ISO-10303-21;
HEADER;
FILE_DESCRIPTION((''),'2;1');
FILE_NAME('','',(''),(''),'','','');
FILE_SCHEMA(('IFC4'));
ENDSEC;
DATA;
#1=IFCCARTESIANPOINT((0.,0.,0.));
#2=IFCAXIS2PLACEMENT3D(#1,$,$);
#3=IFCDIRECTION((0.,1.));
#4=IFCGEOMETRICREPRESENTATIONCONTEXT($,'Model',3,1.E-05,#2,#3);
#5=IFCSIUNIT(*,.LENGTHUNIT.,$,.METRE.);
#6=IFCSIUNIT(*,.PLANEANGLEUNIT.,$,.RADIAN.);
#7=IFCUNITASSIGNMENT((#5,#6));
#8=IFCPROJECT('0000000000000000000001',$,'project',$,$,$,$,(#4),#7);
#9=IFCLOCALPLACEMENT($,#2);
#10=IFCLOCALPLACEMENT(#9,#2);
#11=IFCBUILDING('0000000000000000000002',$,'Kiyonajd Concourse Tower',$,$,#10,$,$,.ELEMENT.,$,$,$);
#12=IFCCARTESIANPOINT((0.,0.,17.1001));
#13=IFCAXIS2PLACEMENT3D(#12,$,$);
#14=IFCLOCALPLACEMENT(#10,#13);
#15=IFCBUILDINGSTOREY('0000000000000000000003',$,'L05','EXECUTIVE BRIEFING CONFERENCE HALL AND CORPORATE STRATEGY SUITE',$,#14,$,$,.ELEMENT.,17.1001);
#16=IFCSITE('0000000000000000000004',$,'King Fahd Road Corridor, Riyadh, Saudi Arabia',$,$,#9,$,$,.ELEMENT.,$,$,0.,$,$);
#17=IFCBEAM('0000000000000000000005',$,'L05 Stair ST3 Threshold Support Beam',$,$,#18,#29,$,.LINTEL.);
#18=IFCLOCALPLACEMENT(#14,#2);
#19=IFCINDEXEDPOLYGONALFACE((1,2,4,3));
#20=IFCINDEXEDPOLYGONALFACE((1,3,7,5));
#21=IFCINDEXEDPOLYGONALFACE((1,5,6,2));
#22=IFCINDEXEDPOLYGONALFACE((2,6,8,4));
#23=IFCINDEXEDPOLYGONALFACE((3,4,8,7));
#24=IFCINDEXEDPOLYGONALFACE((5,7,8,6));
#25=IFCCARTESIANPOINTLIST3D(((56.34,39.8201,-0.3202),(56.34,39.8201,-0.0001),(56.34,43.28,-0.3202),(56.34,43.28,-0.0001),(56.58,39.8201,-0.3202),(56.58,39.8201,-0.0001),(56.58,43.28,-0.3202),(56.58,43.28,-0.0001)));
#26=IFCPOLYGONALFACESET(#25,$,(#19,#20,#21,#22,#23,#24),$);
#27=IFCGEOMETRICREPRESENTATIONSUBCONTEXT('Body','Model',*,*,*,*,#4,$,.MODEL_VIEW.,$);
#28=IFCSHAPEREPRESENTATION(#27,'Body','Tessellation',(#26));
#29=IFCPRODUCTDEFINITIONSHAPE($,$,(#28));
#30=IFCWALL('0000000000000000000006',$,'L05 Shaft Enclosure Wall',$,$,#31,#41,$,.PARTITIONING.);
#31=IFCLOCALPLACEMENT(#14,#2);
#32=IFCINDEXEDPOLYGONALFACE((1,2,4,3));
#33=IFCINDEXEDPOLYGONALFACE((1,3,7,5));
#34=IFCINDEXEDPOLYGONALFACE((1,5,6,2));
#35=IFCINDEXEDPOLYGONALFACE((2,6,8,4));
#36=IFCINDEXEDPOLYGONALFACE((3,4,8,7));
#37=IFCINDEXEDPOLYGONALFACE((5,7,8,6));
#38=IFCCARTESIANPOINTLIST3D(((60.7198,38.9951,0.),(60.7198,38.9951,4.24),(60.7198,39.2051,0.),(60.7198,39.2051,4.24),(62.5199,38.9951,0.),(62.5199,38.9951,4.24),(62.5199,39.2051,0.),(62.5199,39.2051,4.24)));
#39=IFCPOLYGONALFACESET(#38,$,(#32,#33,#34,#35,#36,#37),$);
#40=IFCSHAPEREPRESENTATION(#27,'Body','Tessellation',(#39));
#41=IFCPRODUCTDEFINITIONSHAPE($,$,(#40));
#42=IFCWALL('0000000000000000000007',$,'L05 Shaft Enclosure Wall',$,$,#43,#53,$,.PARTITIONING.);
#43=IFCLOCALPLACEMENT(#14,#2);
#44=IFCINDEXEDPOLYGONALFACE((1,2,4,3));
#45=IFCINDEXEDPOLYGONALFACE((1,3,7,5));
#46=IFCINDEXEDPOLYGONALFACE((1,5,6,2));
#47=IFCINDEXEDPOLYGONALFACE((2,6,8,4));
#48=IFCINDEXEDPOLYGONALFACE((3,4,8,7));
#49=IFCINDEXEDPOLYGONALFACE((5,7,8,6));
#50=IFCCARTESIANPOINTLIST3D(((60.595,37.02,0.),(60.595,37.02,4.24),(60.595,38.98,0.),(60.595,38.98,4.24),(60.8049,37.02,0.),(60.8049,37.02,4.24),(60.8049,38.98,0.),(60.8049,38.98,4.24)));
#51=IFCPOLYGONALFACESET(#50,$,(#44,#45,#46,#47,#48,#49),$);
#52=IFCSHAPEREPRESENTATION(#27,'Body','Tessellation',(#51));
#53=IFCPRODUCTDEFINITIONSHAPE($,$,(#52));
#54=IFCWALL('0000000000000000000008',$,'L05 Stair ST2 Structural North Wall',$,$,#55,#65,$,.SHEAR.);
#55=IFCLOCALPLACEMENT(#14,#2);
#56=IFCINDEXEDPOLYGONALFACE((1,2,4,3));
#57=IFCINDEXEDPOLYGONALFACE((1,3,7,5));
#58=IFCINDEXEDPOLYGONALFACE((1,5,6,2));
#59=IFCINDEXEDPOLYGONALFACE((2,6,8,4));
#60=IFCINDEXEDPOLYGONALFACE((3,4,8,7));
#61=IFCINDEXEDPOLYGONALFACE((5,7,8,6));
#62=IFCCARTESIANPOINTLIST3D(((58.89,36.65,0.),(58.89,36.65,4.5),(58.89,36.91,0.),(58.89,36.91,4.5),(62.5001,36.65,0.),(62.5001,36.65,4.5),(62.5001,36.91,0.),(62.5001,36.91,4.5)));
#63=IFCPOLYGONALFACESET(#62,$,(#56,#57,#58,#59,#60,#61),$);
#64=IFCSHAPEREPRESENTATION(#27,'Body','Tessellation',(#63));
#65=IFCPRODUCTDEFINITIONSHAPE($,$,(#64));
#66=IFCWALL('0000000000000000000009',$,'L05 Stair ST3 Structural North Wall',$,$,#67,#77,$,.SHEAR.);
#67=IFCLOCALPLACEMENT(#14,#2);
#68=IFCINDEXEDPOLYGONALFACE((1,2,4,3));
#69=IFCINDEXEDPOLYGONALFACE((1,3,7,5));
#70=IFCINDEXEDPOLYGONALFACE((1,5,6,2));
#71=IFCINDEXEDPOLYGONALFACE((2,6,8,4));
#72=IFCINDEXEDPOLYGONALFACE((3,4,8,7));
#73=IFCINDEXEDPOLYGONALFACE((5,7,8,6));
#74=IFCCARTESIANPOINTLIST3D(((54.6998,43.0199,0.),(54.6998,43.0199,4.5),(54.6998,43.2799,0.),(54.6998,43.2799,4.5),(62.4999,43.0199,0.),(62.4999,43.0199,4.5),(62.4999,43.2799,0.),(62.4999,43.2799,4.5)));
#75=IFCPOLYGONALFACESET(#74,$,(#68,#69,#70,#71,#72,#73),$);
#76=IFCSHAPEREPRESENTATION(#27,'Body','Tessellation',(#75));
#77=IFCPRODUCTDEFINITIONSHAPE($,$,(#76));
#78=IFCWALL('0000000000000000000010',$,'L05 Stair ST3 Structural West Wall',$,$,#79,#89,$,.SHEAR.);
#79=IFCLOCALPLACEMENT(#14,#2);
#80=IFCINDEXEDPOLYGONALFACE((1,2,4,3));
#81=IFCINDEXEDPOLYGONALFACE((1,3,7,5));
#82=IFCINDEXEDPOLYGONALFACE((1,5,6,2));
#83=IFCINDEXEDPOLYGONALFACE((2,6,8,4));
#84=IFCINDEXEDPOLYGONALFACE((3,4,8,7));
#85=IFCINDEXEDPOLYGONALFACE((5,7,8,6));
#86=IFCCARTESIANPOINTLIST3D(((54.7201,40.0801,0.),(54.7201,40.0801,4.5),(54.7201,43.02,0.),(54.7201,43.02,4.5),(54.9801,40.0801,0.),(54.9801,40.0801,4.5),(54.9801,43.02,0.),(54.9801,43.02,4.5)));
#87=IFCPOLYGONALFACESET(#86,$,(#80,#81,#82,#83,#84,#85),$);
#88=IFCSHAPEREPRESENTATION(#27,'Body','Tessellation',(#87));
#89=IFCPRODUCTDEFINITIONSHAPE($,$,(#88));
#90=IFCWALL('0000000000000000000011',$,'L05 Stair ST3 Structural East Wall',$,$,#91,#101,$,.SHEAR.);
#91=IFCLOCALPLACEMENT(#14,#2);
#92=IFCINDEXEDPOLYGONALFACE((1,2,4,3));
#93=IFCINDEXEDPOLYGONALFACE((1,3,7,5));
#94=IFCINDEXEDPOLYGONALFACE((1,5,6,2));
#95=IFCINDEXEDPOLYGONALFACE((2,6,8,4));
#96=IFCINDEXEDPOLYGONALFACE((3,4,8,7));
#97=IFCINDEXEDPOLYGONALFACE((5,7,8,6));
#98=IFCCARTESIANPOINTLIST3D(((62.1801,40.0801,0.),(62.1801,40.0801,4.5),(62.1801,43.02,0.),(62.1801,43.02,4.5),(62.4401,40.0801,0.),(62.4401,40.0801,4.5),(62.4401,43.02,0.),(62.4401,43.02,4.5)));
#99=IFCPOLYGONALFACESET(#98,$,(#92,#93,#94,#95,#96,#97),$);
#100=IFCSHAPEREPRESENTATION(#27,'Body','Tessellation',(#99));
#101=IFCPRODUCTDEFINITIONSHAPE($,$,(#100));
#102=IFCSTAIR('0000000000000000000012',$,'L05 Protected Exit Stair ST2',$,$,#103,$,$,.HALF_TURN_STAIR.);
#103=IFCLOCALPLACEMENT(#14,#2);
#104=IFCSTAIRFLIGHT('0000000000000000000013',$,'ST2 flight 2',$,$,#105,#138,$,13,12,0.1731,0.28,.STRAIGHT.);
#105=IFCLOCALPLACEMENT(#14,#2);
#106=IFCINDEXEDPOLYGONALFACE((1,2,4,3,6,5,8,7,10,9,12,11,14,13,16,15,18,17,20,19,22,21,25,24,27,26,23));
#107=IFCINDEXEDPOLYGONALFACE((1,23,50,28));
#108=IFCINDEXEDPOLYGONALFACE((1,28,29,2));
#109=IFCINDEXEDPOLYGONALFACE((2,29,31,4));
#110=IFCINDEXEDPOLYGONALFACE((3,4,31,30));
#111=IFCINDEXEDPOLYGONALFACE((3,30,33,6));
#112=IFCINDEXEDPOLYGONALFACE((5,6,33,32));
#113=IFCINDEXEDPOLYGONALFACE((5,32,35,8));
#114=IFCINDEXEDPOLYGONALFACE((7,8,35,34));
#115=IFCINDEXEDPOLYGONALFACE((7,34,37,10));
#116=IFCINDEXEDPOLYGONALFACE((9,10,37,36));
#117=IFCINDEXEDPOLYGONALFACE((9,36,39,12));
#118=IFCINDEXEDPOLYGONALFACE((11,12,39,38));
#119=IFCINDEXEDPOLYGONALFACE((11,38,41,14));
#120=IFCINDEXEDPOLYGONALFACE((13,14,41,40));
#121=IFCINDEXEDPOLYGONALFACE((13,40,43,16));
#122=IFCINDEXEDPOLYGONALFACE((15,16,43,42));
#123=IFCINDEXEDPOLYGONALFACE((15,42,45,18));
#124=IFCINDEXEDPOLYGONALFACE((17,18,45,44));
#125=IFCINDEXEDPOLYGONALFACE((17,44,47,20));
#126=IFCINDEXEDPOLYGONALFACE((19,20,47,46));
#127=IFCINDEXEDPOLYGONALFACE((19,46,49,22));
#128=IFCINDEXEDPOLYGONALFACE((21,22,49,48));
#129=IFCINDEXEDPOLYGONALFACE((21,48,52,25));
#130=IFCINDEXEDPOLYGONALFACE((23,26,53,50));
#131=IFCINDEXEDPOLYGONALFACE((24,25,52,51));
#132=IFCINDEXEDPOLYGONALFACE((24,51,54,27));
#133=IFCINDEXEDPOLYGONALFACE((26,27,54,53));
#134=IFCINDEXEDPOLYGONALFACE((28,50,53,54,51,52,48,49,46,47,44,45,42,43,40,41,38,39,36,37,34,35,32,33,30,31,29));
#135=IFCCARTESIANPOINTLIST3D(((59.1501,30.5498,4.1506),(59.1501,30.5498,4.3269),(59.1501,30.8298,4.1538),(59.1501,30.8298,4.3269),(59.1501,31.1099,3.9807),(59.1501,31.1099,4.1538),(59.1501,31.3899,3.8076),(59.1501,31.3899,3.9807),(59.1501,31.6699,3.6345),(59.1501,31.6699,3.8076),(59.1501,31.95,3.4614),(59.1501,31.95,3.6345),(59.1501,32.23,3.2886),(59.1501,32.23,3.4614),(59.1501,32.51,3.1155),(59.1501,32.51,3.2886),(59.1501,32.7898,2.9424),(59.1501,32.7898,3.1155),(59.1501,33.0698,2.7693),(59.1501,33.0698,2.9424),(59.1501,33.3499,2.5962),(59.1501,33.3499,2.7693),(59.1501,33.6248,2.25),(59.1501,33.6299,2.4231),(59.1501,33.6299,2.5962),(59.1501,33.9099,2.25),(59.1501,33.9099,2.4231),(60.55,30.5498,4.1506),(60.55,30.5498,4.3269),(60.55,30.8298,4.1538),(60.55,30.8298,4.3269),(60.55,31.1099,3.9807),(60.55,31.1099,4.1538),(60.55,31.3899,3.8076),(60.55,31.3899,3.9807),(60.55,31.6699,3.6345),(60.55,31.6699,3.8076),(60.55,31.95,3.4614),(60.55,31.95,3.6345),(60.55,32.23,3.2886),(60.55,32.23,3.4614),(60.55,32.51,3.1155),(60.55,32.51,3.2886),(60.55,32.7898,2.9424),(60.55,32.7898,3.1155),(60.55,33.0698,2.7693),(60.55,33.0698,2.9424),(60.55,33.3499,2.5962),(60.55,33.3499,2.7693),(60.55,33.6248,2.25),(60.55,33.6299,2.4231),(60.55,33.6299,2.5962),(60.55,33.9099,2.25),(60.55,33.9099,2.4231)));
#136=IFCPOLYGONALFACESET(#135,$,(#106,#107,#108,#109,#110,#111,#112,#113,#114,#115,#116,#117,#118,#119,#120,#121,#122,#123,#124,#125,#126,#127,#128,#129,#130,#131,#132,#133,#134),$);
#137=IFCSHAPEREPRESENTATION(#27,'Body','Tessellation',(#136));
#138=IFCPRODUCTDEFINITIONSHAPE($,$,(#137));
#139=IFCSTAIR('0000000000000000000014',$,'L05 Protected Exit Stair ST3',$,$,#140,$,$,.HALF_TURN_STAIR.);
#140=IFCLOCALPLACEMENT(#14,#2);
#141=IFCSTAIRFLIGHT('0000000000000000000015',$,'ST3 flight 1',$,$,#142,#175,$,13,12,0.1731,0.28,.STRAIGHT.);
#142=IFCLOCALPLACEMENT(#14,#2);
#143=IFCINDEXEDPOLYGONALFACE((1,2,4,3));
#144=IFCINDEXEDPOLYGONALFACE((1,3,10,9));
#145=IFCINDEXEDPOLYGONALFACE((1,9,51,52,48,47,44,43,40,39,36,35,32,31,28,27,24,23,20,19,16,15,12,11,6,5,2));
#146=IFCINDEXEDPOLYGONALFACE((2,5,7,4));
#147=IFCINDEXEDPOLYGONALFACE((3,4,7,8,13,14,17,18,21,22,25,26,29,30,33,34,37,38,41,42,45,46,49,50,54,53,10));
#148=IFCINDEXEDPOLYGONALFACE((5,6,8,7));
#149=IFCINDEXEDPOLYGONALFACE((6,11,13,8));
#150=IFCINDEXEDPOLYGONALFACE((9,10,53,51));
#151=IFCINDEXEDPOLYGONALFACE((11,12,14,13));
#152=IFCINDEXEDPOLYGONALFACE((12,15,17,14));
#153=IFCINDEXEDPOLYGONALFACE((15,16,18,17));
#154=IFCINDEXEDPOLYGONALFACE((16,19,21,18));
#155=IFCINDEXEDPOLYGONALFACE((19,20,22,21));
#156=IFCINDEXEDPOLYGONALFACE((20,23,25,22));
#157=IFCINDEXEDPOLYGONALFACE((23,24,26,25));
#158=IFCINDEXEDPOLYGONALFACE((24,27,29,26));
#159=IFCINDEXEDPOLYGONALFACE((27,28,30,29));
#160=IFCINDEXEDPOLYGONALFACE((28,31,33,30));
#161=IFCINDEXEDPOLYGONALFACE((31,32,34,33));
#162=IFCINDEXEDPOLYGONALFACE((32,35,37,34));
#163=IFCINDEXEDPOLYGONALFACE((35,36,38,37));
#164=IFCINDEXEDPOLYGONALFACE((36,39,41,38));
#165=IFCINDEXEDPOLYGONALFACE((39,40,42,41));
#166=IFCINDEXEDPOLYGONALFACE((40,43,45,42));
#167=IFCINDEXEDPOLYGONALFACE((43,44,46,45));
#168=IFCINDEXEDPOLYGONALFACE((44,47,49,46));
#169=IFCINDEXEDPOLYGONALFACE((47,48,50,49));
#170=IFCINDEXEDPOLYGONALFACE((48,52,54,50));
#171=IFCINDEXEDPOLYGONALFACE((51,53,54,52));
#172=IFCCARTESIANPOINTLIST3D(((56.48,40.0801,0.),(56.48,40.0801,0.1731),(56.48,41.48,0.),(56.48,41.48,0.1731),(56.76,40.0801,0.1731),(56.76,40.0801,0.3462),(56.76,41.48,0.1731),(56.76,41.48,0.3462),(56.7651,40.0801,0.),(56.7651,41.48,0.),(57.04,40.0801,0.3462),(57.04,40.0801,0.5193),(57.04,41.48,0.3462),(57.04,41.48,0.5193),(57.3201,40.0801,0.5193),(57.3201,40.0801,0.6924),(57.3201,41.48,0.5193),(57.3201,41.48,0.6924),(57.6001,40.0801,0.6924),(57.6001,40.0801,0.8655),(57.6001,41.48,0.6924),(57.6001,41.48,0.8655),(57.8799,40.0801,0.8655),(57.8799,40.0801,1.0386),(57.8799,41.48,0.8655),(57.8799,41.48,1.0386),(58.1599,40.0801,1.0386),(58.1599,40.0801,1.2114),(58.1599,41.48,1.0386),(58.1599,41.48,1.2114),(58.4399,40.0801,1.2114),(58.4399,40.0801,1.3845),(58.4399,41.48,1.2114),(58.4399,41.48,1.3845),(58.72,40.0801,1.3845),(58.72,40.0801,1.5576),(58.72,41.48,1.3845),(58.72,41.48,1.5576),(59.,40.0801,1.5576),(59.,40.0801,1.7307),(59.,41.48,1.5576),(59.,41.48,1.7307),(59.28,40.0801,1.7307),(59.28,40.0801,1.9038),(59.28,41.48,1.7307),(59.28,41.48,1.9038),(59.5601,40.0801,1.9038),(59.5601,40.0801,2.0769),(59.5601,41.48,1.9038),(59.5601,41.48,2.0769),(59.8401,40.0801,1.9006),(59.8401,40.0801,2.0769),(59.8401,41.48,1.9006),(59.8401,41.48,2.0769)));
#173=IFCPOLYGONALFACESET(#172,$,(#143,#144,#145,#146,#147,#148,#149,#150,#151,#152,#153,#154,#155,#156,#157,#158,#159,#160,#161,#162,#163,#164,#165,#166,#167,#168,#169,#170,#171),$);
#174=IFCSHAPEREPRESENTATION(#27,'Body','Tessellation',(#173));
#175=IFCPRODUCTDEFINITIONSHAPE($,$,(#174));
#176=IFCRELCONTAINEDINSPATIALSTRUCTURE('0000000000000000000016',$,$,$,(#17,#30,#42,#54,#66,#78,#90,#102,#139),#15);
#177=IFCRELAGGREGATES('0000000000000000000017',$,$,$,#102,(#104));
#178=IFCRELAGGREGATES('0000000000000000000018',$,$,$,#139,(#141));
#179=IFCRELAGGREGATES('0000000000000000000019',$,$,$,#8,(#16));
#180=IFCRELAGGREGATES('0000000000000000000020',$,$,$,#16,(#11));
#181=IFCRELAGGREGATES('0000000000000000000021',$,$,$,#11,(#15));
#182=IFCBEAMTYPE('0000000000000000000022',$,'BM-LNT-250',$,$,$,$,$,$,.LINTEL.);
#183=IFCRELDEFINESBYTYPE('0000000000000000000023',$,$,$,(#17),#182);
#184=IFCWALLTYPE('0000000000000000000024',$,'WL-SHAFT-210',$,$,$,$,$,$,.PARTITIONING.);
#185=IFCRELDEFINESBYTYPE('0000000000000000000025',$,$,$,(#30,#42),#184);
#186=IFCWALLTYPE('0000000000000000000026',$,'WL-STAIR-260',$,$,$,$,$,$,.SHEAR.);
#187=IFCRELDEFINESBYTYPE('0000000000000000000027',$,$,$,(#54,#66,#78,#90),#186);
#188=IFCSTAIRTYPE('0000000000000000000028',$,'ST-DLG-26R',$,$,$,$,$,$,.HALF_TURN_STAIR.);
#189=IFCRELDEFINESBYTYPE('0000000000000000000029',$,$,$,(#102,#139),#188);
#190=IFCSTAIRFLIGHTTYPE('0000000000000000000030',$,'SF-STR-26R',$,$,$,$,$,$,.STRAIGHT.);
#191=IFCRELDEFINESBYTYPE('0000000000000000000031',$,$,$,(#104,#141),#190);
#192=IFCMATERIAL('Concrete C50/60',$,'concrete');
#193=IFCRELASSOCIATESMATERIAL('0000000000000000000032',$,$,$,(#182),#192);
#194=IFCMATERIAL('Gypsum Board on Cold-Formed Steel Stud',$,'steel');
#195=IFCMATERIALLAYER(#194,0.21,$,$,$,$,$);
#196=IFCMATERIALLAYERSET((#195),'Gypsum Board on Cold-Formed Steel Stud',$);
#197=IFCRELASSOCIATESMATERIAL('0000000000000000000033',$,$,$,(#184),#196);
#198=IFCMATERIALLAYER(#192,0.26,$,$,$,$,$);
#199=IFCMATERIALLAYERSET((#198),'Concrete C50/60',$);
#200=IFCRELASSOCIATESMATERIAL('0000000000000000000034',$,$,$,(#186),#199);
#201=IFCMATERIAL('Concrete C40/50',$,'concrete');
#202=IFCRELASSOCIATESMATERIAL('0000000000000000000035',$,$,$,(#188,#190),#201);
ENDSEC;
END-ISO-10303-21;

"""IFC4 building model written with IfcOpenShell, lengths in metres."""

from ifc_helpers import new_model, si_unit, direction, frame, frame_2d, origin, origin_2d, place, context, subcontext, project, spatial, polyline, rectangle, outline, extrude, material, layer, layer_set, material_profile, profile_set, type_object, element, aggregate, save


model = new_model("IFC4")

# Units and contexts
model_context = context("Model", 3, precision=1e-05, world=origin(), true_north=direction((0.0, 1.0)))
body_context = subcontext(model_context, "Body", "Model", "MODEL_VIEW")
ifc_project = project(units=[si_unit("LENGTHUNIT", "METRE"), si_unit("PLANEANGLEUNIT", "RADIAN")], contexts=[model_context])

# Site, building, storey
site_placement = place(None, origin())
site = spatial("IfcSite", under=ifc_project, at=site_placement, Name="King Fahd Road Corridor, Riyadh, Saudi Arabia", CompositionType="ELEMENT", RefElevation=0.0)
building_placement = place(site_placement, origin())
building = spatial("IfcBuilding", under=site, at=building_placement, Name="Kiyonajd Concourse Tower", CompositionType="ELEMENT")
storey_placement = place(building_placement, frame((0.0, 0.0, 17.1001)))
storey = spatial("IfcBuildingStorey", under=building, at=storey_placement, Name="L05", Description="EXECUTIVE BRIEFING CONFERENCE HALL AND CORPORATE STRATEGY SUITE", CompositionType="ELEMENT", Elevation=17.1001)

# Beam
ifc_material_1 = material(Name="Concrete C50/60", Category="concrete")
ifc_material_profile = material_profile(ifc_material_1, rectangle(XDim=0.24, YDim=0.3201, at=origin_2d()), Name="RCBM-240x320")
ifc_profile_set = profile_set([ifc_material_profile], Name="Concrete C50/60")
beam_type = type_object("IfcBeamType", Name="BM-LNT-250", PredefinedType="LINTEL", material=ifc_profile_set)
beam_placement = place(storey_placement, frame((56.46, 39.8201, -0.1602), z_axis=(0.0, 1.0, 0.0), x_axis=(-1.0, 0.0, 0.0)))
element("IfcBeam", 1, at=beam_placement, inside=storey, type_object=beam_type, Name="L05 Stair ST3 Threshold Support Beam", PredefinedType="LINTEL", context=body_context, shape_type="SweptSolid", body=[
    extrude(rectangle(XDim=0.24, YDim=0.3201, at=origin_2d()), origin(), (0.0, 0.0, 1.0), 3.46),
])

# Walls
ifc_material_2 = material(Name="Gypsum Board on Cold-Formed Steel Stud", Category="steel")
ifc_layer_1 = layer(ifc_material_2, 0.21)
ifc_layer_set_1 = layer_set([ifc_layer_1], Name="Gypsum Board on Cold-Formed Steel Stud")
wall_type_1 = type_object("IfcWallType", Name="WL-SHAFT-210", PredefinedType="PARTITIONING", material=ifc_layer_set_1)
wall_1_placement = place(storey_placement, frame((60.72, 39.1001, 0.0), z_axis=(0.0, 0.0, 1.0), x_axis=(1.0, 0.0, 0.0)))
element("IfcWall", 2, at=wall_1_placement, inside=storey, type_object=wall_type_1, Name="L05 Shaft Enclosure Wall", PredefinedType="PARTITIONING", context=body_context, shape_type="SweptSolid", body=[
    extrude(rectangle(XDim=1.8, YDim=0.21, at=frame_2d((0.8999, 0.0))), origin(), (0.0, 0.0, 1.0), 4.24),
])
wall_2_placement = place(storey_placement, frame((60.7, 37.02, 0.0), z_axis=(0.0, 0.0, 1.0), x_axis=(0.0, 1.0, 0.0)))
element("IfcWall", 3, at=wall_2_placement, inside=storey, type_object=wall_type_1, Name="L05 Shaft Enclosure Wall", PredefinedType="PARTITIONING", context=body_context, shape_type="SweptSolid", body=[
    extrude(rectangle(XDim=1.96, YDim=0.21, at=frame_2d((0.98, 0.0))), origin(), (0.0, 0.0, 1.0), 4.24),
])
ifc_layer_2 = layer(ifc_material_1, 0.26)
ifc_layer_set_2 = layer_set([ifc_layer_2], Name="Concrete C50/60")
wall_type_2 = type_object("IfcWallType", Name="WL-STAIR-260", PredefinedType="SHEAR", material=ifc_layer_set_2)
wall_3_placement = place(storey_placement, frame((58.8899, 36.78, 0.0), z_axis=(0.0, 0.0, 1.0), x_axis=(1.0, 0.0, 0.0)))
element("IfcWall", 4, at=wall_3_placement, inside=storey, type_object=wall_type_2, Name="L05 Stair ST2 Structural North Wall", PredefinedType="SHEAR", context=body_context, shape_type="SweptSolid", body=[
    extrude(rectangle(XDim=3.6101, YDim=0.26, at=frame_2d((1.8052, 0.0))), origin(), (0.0, 0.0, 1.0), 4.5),
])
wall_4_placement = place(storey_placement, frame((54.7, 43.1499, 0.0), z_axis=(0.0, 0.0, 1.0), x_axis=(1.0, 0.0, 0.0)))
element("IfcWall", 5, at=wall_4_placement, inside=storey, type_object=wall_type_2, Name="L05 Stair ST3 Structural North Wall", PredefinedType="SHEAR", context=body_context, shape_type="SweptSolid", body=[
    extrude(rectangle(XDim=7.8, YDim=0.26, at=frame_2d((3.8999, 0.0))), origin(), (0.0, 0.0, 1.0), 4.5),
])
for number, where, z_axis, x_axis, name in (
    (6, (54.8501, 40.0801, 0.0), (0.0, 0.0, 1.0), (0.0, 1.0, 0.0), "L05 Stair ST3 Structural West Wall"),
    (7, (62.3101, 40.0801, 0.0), (0.0, 0.0, 1.0), (0.0, 1.0, 0.0), "L05 Stair ST3 Structural East Wall"),
):
    element("IfcWall", number, at=place(storey_placement, frame(where, z_axis=z_axis, x_axis=x_axis)), inside=storey, type_object=wall_type_2, Name=name, PredefinedType="SHEAR", context=body_context, shape_type="SweptSolid", body=[
        extrude(rectangle(XDim=2.9399, YDim=0.26, at=frame_2d((1.47, 0.0))), origin(), (0.0, 0.0, 1.0), 4.5),
    ])

# Stair, stair flight
ifc_material_3 = material(Name="Concrete C40/50", Category="concrete")
stair_type = type_object("IfcStairType", Name="ST-DLG-26R", PredefinedType="HALF_TURN_STAIR", material=ifc_material_3)
stair_1_placement = place(storey_placement, origin())
stair_1 = element("IfcStair", 8, at=stair_1_placement, inside=storey, type_object=stair_type, Name="L05 Protected Exit Stair ST2", PredefinedType="HALF_TURN_STAIR")
stair_flight_type = type_object("IfcStairFlightType", Name="SF-STR-26R", PredefinedType="STRAIGHT", material=ifc_material_3)
stair_flight_1_placement = place(storey_placement, frame((59.8501, 33.9099, 2.25), z_axis=(0.0, 0.0, 1.0), x_axis=(0.0, -1.0, 0.0)))
stair_flight_1 = element("IfcStairFlight", 9, at=stair_flight_1_placement, type_object=stair_flight_type, Name="ST2 flight 2", NumberOfRisers=13, NumberOfTreads=12, PredefinedType="STRAIGHT", RiserHeight=0.1731, TreadLength=0.28, context=body_context, shape_type="SweptSolid", body=[
    extrude(outline(polyline([(0.0, 0.0), (0.0, 0.1731), (0.28, 0.1731), (0.28, 0.3462), (0.5601, 0.3462), (0.5601, 0.5193), (0.8401, 0.5193), (0.8401, 0.6924), (1.1201, 0.6924), (1.1201, 0.8655), (1.3999, 0.8655), (1.3999, 1.0386), (1.6799, 1.0386), (1.6799, 1.2114), (1.96, 1.2114), (1.96, 1.3845), (2.24, 1.3845), (2.24, 1.5576), (2.52, 1.5576), (2.52, 1.7307), (2.8, 1.7307), (2.8, 1.9038), (3.0801, 1.9038), (3.0801, 2.0769), (3.3601, 2.0769), (3.3601, 2.25), (3.3601, 1.9006), (0.2852, 0.0), (0.0, 0.0)])), frame((0.0, 0.7, 0.0), z_axis=(0.0, -1.0, 0.0), x_axis=(1.0, 0.0, 0.0)), (0.0, 0.0, 1.0), 1.3999),
])
aggregate(stair_1, [stair_flight_1])

# Stair, stair flight
stair_2_placement = place(storey_placement, origin())
stair_2 = element("IfcStair", 10, at=stair_2_placement, inside=storey, type_object=stair_type, Name="L05 Protected Exit Stair ST3", PredefinedType="HALF_TURN_STAIR")
stair_flight_2_placement = place(storey_placement, frame((56.48, 40.78, 0.0), z_axis=(0.0, 0.0, 1.0), x_axis=(1.0, 0.0, 0.0)))
stair_flight_2 = element("IfcStairFlight", 11, at=stair_flight_2_placement, type_object=stair_flight_type, Name="ST3 flight 1", NumberOfRisers=13, NumberOfTreads=12, PredefinedType="STRAIGHT", RiserHeight=0.1731, TreadLength=0.28, context=body_context, shape_type="SweptSolid", body=[
    extrude(outline(polyline([(0.0, 0.0), (0.0, 0.1731), (0.28, 0.1731), (0.28, 0.3462), (0.5601, 0.3462), (0.5601, 0.5193), (0.8401, 0.5193), (0.8401, 0.6924), (1.1201, 0.6924), (1.1201, 0.8655), (1.3999, 0.8655), (1.3999, 1.0386), (1.6799, 1.0386), (1.6799, 1.2114), (1.96, 1.2114), (1.96, 1.3845), (2.24, 1.3845), (2.24, 1.5576), (2.52, 1.5576), (2.52, 1.7307), (2.8, 1.7307), (2.8, 1.9038), (3.0801, 1.9038), (3.0801, 2.0769), (3.3601, 2.0769), (3.3601, 2.25), (3.3601, 1.9006), (0.2852, 0.0), (0.0, 0.0)])), frame((0.0, 0.7, 0.0), z_axis=(0.0, -1.0, 0.0), x_axis=(1.0, 0.0, 0.0)), (0.0, 0.0, 1.0), 1.3999),
])
aggregate(stair_2, [stair_flight_2])

save(model, "model.ifc")
